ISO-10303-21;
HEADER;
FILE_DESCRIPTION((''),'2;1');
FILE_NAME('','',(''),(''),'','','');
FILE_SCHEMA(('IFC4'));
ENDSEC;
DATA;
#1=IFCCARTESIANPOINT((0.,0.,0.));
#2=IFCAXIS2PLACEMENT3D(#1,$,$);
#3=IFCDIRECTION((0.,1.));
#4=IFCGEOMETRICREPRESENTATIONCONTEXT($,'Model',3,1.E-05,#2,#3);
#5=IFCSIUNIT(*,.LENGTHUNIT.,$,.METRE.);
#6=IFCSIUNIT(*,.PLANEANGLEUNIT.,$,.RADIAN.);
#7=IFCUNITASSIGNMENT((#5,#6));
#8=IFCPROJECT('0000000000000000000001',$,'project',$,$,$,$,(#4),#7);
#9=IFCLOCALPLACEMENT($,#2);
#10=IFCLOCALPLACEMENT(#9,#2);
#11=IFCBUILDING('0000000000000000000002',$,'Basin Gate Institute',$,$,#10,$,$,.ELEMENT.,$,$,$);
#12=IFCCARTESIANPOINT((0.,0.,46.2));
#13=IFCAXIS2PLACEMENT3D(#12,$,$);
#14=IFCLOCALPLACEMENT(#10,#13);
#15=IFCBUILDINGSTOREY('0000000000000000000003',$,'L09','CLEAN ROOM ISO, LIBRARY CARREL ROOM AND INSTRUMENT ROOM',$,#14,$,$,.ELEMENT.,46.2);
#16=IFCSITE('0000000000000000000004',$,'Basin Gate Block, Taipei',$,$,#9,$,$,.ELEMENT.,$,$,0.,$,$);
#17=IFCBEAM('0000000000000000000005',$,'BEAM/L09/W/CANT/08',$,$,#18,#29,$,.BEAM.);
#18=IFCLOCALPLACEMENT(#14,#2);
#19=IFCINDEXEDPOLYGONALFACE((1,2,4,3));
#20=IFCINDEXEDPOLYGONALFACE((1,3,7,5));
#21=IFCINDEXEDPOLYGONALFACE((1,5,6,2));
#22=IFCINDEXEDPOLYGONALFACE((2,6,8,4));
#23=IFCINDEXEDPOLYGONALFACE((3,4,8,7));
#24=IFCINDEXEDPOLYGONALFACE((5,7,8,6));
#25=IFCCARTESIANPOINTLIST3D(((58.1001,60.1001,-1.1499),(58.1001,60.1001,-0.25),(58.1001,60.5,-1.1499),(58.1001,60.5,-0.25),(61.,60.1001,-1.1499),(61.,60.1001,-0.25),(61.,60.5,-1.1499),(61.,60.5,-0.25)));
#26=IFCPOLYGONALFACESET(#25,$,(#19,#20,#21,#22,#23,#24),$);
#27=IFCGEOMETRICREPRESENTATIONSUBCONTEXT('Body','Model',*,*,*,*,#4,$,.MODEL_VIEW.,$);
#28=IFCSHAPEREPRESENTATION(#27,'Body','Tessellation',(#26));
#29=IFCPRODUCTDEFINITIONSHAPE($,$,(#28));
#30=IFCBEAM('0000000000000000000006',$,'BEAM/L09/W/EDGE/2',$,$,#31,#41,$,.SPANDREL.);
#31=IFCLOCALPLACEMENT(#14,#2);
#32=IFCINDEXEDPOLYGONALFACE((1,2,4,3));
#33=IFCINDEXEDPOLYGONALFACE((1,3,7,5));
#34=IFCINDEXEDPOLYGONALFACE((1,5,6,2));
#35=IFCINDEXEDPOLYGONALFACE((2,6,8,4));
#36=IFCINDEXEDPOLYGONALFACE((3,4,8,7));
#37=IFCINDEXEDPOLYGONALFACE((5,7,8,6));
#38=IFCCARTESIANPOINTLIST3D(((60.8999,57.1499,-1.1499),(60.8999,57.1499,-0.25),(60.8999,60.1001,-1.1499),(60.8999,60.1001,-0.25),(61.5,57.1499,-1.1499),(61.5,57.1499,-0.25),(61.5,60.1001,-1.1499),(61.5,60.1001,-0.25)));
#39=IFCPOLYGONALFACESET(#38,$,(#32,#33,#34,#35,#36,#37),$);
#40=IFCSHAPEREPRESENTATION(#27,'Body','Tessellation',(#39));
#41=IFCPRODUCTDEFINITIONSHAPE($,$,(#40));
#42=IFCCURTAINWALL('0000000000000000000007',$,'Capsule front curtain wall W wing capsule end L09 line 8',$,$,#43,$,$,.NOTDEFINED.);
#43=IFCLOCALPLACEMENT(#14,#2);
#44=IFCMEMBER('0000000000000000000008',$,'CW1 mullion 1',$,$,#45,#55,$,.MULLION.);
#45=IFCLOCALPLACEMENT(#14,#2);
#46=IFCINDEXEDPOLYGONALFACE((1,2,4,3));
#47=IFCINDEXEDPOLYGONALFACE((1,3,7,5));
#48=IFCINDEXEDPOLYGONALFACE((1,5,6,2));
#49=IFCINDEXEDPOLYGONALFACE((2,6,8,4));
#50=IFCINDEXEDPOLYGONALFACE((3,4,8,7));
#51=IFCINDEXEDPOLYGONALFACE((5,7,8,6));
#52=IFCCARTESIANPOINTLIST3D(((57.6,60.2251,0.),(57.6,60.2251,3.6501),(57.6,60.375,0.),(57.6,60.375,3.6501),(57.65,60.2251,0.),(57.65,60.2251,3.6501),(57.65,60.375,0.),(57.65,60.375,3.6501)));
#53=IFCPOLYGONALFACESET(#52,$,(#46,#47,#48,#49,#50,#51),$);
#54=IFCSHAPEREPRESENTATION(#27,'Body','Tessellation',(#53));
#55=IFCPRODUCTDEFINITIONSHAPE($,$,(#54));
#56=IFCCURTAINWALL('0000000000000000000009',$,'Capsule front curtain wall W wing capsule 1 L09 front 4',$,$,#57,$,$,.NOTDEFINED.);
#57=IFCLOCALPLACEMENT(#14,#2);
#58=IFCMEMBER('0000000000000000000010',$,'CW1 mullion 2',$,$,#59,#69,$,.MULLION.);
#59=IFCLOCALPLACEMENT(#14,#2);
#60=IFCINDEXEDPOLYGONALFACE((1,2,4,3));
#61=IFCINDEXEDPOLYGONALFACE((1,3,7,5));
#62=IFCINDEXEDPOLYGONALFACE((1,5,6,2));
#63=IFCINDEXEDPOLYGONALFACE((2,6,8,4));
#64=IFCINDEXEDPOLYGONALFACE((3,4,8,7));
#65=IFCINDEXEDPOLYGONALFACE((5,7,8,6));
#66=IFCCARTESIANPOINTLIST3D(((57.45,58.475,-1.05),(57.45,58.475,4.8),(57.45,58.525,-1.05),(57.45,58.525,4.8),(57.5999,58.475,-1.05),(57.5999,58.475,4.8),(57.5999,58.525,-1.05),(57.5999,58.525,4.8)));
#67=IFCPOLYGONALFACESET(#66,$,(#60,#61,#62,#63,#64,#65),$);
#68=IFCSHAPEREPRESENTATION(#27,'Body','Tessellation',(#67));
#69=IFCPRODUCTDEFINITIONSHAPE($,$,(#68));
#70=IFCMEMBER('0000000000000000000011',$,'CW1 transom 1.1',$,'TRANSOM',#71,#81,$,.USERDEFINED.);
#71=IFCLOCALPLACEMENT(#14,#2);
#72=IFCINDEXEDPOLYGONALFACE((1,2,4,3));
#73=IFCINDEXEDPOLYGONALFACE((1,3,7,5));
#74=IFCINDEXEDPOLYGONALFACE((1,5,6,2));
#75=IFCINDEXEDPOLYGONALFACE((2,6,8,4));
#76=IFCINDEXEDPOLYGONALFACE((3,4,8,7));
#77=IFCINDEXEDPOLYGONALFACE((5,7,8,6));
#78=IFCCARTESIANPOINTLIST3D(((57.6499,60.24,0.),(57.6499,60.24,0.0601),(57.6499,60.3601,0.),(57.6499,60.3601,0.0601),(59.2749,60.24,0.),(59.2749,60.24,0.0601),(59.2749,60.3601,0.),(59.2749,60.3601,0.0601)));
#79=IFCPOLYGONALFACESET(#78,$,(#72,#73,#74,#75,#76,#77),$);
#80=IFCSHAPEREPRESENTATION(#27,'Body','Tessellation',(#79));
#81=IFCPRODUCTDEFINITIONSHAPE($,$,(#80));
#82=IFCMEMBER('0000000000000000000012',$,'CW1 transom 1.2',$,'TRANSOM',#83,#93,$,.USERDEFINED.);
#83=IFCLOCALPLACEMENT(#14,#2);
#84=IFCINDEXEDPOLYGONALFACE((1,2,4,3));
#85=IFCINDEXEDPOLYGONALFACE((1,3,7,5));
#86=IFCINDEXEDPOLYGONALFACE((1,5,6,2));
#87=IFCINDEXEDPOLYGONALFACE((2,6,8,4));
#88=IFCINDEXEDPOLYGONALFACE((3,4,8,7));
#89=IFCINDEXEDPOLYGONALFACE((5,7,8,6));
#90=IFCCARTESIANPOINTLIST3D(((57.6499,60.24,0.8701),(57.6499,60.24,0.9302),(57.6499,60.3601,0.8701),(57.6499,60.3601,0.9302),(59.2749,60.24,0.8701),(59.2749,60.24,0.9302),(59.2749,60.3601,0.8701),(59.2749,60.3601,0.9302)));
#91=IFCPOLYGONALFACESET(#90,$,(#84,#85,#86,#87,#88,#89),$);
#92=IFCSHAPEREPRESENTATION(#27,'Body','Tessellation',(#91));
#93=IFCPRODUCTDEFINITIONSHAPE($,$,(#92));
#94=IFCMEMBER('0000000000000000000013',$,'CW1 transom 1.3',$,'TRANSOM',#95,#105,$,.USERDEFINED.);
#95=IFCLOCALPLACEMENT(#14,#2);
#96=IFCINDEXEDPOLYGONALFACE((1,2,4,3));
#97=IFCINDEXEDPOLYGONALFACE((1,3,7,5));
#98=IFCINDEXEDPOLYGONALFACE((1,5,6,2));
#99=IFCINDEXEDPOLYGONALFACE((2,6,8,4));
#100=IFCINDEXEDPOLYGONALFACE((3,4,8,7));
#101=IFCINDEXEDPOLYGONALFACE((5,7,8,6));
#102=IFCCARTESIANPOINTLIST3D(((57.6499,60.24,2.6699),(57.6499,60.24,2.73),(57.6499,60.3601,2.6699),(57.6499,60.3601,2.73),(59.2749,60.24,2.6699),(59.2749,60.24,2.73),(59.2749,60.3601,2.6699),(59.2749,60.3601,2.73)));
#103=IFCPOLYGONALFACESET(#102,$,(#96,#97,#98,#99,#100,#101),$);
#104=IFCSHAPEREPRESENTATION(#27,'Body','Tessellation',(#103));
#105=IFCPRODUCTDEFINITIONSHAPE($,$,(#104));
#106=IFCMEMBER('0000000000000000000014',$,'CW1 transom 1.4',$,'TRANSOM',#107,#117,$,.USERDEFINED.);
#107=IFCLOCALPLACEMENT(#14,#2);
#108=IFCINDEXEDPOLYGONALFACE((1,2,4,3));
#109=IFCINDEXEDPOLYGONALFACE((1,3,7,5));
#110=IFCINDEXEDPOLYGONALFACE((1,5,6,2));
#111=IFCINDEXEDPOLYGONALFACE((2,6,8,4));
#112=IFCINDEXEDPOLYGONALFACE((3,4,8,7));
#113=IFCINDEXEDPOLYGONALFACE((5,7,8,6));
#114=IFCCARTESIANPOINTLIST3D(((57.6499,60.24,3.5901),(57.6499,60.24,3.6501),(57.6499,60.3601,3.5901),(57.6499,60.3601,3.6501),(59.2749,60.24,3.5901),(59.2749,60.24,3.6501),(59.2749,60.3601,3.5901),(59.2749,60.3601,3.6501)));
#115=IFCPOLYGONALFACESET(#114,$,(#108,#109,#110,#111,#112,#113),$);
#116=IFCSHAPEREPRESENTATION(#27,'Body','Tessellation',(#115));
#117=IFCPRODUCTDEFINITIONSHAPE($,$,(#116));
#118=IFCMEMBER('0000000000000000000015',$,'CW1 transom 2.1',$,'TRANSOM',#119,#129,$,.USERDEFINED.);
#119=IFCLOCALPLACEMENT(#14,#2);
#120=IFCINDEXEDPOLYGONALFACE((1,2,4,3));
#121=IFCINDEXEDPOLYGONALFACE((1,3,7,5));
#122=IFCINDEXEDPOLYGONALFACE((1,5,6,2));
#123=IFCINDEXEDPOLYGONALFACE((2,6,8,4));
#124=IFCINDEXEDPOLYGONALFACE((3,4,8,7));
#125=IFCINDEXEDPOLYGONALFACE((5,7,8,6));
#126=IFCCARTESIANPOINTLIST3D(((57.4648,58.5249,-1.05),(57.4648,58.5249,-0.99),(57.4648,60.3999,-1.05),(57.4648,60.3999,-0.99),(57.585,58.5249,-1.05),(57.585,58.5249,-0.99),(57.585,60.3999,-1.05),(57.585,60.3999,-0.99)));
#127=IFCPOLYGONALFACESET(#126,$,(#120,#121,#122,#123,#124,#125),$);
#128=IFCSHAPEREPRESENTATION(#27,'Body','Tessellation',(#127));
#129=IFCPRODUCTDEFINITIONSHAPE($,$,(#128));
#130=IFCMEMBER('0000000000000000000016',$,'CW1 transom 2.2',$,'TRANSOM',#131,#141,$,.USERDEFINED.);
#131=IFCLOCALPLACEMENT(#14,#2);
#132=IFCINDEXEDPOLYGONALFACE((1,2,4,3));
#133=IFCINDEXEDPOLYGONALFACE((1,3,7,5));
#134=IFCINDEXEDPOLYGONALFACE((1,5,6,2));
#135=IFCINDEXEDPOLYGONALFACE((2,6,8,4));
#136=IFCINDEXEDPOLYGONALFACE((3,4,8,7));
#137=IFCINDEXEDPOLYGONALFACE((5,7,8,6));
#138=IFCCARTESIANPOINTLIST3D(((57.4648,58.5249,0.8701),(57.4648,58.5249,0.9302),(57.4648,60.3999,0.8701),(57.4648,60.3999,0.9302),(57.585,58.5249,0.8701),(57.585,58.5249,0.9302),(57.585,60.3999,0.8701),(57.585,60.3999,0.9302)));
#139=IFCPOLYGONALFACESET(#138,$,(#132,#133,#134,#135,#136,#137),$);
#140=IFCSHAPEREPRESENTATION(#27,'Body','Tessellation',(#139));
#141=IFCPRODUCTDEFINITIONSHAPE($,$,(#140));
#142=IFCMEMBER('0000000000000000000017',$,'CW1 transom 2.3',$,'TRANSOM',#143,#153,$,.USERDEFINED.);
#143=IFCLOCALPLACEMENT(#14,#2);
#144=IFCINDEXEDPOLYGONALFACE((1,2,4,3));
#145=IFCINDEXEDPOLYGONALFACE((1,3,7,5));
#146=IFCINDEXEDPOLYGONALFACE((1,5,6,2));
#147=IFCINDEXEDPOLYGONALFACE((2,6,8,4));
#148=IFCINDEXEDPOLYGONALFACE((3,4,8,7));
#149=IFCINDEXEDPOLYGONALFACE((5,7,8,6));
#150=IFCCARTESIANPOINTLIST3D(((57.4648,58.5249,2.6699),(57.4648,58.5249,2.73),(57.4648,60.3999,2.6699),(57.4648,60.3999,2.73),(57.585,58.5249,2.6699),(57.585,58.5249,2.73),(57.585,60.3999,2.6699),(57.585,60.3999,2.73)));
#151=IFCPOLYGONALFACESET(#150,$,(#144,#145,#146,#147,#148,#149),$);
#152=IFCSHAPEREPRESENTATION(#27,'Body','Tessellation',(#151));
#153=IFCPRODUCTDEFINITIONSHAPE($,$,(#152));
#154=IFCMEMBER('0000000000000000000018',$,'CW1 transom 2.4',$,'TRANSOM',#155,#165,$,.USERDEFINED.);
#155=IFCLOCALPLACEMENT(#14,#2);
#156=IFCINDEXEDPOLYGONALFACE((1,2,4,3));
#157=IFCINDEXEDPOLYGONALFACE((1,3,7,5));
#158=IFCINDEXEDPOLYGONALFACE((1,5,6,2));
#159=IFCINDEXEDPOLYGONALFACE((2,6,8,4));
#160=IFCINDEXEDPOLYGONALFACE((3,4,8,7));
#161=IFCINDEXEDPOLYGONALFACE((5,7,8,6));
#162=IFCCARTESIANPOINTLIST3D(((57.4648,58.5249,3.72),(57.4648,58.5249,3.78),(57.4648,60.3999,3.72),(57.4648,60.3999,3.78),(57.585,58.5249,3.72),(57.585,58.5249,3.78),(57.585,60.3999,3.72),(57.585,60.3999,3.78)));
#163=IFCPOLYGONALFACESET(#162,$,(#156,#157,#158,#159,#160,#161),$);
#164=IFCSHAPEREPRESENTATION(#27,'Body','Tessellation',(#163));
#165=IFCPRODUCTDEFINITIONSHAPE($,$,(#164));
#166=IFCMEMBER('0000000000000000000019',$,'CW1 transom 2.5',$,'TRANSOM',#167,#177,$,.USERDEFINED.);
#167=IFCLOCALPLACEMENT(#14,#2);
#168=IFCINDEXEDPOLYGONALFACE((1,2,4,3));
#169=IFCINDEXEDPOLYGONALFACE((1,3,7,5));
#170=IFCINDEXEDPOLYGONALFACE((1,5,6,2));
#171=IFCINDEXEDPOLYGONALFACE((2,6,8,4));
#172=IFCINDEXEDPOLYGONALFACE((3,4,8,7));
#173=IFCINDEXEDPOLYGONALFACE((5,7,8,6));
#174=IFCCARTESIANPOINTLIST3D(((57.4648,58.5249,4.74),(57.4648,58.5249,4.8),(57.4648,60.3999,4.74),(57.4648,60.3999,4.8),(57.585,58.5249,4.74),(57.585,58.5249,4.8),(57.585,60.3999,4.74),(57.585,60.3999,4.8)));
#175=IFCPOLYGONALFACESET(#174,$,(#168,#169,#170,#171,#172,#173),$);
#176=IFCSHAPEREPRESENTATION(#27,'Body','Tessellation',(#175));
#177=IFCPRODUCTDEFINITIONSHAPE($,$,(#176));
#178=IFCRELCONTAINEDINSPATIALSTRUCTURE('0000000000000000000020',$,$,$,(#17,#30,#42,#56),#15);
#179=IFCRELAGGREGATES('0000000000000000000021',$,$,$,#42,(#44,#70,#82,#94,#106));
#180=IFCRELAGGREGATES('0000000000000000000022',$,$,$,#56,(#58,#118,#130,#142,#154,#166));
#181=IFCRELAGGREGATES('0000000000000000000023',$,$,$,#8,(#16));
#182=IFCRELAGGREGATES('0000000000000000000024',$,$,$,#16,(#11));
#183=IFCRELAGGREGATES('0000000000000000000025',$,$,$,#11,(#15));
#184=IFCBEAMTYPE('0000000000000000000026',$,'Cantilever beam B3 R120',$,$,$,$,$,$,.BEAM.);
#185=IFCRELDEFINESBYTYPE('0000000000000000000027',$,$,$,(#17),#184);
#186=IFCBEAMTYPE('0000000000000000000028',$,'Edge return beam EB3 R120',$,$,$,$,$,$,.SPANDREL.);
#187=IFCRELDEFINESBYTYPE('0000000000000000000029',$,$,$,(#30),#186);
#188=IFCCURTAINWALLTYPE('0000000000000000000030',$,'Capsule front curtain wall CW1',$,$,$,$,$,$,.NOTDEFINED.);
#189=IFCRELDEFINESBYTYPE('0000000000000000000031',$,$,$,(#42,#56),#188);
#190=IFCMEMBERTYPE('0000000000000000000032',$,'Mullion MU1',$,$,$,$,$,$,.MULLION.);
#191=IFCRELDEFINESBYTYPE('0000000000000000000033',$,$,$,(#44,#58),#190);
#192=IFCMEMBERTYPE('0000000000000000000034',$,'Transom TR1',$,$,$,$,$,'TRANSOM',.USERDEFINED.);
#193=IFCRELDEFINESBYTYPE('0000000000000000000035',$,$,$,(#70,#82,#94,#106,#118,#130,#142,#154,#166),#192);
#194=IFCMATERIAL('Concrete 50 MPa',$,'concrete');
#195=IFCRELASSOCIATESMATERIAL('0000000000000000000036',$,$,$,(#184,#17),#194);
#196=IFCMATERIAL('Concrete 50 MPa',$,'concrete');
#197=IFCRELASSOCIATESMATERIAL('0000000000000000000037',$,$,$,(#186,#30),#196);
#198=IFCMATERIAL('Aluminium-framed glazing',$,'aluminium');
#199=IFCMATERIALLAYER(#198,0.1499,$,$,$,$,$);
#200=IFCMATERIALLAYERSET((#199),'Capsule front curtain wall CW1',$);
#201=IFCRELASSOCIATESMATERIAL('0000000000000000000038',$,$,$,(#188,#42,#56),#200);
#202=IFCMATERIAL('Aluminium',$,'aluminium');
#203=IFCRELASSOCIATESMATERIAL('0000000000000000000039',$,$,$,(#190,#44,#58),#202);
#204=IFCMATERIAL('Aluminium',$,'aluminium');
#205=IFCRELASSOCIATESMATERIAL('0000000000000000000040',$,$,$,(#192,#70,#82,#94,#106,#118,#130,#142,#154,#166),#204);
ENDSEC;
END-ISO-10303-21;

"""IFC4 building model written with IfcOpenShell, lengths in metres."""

from ifc_helpers import new_model, si_unit, direction, frame, origin, origin_2d, place, context, subcontext, project, spatial, rectangle, extrude, material, layer, layer_set, material_profile, profile_set, type_object, element, aggregate, save


model = new_model("IFC4")

# Units and contexts
model_context = context("Model", 3, precision=1e-05, world=origin(), true_north=direction((0.0, 1.0)))
body_context = subcontext(model_context, "Body", "Model", "MODEL_VIEW")
ifc_project = project(units=[si_unit("LENGTHUNIT", "METRE"), si_unit("PLANEANGLEUNIT", "RADIAN")], contexts=[model_context])

# Site, building, storey
site_placement = place(None, origin())
site = spatial("IfcSite", under=ifc_project, at=site_placement, Name="Basin Gate Block, Taipei", CompositionType="ELEMENT", RefElevation=0.0)
building_placement = place(site_placement, origin())
building = spatial("IfcBuilding", under=site, at=building_placement, Name="Basin Gate Institute", CompositionType="ELEMENT")
storey_placement = place(building_placement, frame((0.0, 0.0, 46.2)))
storey = spatial("IfcBuildingStorey", under=building, at=storey_placement, Name="L09", Description="CLEAN ROOM ISO, LIBRARY CARREL ROOM AND INSTRUMENT ROOM", CompositionType="ELEMENT", Elevation=46.2)

# Beams
ifc_material_1 = material(Name="Concrete 50 MPa", Category="concrete")
ifc_material_profile_1 = material_profile(ifc_material_1, rectangle(XDim=0.3999, YDim=0.8999, at=origin_2d()), Name="Cantilever beam B3 400 x 900")
ifc_profile_set_1 = profile_set([ifc_material_profile_1], Name="Concrete 50 MPa")
beam_type_1 = type_object("IfcBeamType", Name="Cantilever beam B3 R120", PredefinedType="BEAM", material=ifc_profile_set_1)
beam_1_placement = place(storey_placement, frame((58.1001, 60.3, -0.7), z_axis=(1.0, 0.0, 0.0), x_axis=(0.0, 1.0, 0.0)))
element("IfcBeam", 1, at=beam_1_placement, inside=storey, type_object=beam_type_1, material=ifc_profile_set_1, Name="BEAM/L09/W/CANT/08", PredefinedType="BEAM", context=body_context, shape_type="SweptSolid", body=[
    extrude(rectangle(XDim=0.3999, YDim=0.8999, at=origin_2d()), origin(), (0.0, 0.0, 1.0), 2.8999),
])
ifc_material_2 = material(Name="Concrete 50 MPa", Category="concrete")
ifc_material_profile_2 = material_profile(ifc_material_2, rectangle(XDim=0.6001, YDim=0.8999, at=origin_2d()), Name="Edge return beam EB3 600 x 900")
ifc_profile_set_2 = profile_set([ifc_material_profile_2], Name="Concrete 50 MPa")
beam_type_2 = type_object("IfcBeamType", Name="Edge return beam EB3 R120", PredefinedType="SPANDREL", material=ifc_profile_set_2)
beam_2_placement = place(storey_placement, frame((61.2, 57.1499, -0.7), z_axis=(0.0, 1.0, 0.0), x_axis=(-1.0, 0.0, 0.0)))
element("IfcBeam", 2, at=beam_2_placement, inside=storey, type_object=beam_type_2, material=ifc_profile_set_2, Name="BEAM/L09/W/EDGE/2", PredefinedType="SPANDREL", context=body_context, shape_type="SweptSolid", body=[
    extrude(rectangle(XDim=0.6001, YDim=0.8999, at=origin_2d()), origin(), (0.0, 0.0, 1.0), 2.9502),
])

# Curtain walls, members
ifc_material_3 = material(Name="Aluminium-framed glazing", Category="aluminium")
ifc_layer_1 = layer(ifc_material_3, 0.1499)
ifc_layer_set_1 = layer_set([ifc_layer_1], Name="Capsule front curtain wall CW1")
curtain_wall_type = type_object("IfcCurtainWallType", Name="Capsule front curtain wall CW1", PredefinedType="NOTDEFINED", material=ifc_layer_set_1)
curtain_wall_1_placement = place(storey_placement, origin())
curtain_wall_1 = element("IfcCurtainWall", 3, at=curtain_wall_1_placement, inside=storey, type_object=curtain_wall_type, material=ifc_layer_set_1, Name="Capsule front curtain wall W wing capsule end L09 line 8", PredefinedType="NOTDEFINED")
ifc_material_4 = material(Name="Aluminium", Category="aluminium")
ifc_material_profile_3 = material_profile(ifc_material_4, rectangle(XDim=0.1499, YDim=0.05, at=origin_2d()), Name="Mullion MU1 150 x 50")
ifc_profile_set_3 = profile_set([ifc_material_profile_3], Name="Aluminium")
member_type_1 = type_object("IfcMemberType", Name="Mullion MU1", PredefinedType="MULLION", material=ifc_profile_set_3)
member_1_placement = place(storey_placement, frame((57.625, 60.3, 0.0), z_axis=(0.0, 0.0, 1.0), x_axis=(0.0, 1.0, 0.0)))
member_1 = element("IfcMember", 4, at=member_1_placement, type_object=member_type_1, material=ifc_profile_set_3, Name="CW1 mullion 1", PredefinedType="MULLION", context=body_context, shape_type="SweptSolid", body=[
    extrude(rectangle(XDim=0.1499, YDim=0.05, at=origin_2d()), origin(), (0.0, 0.0, 1.0), 3.6501),
])
curtain_wall_2_placement = place(storey_placement, origin())
curtain_wall_2 = element("IfcCurtainWall", 5, at=curtain_wall_2_placement, inside=storey, type_object=curtain_wall_type, material=ifc_layer_set_1, Name="Capsule front curtain wall W wing capsule 1 L09 front 4", PredefinedType="NOTDEFINED")
member_2_placement = place(storey_placement, frame((57.5249, 58.5, -1.05), z_axis=(0.0, 0.0, 1.0), x_axis=(-1.0, 0.0, 0.0)))
member_2 = element("IfcMember", 6, at=member_2_placement, type_object=member_type_1, material=ifc_profile_set_3, Name="CW1 mullion 2", PredefinedType="MULLION", context=body_context, shape_type="SweptSolid", body=[
    extrude(rectangle(XDim=0.1499, YDim=0.05, at=origin_2d()), origin(), (0.0, 0.0, 1.0), 5.8501),
])

# Members
ifc_material_5 = material(Name="Aluminium", Category="aluminium")
ifc_material_profile_4 = material_profile(ifc_material_5, rectangle(XDim=0.1201, YDim=0.0601, at=origin_2d()), Name="Transom TR1 120 x 60")
ifc_profile_set_4 = profile_set([ifc_material_profile_4], Name="Aluminium")
member_type_2 = type_object("IfcMemberType", Name="Transom TR1", ElementType="TRANSOM", PredefinedType="USERDEFINED", material=ifc_profile_set_4)
member_3_placement = place(storey_placement, frame((57.6499, 60.3, 0.03), z_axis=(1.0, 0.0, 0.0), x_axis=(0.0, 1.0, 0.0)))
member_3 = element("IfcMember", 7, at=member_3_placement, type_object=member_type_2, material=ifc_profile_set_4, Name="CW1 transom 1.1", ObjectType="TRANSOM", PredefinedType="USERDEFINED", context=body_context, shape_type="SweptSolid", body=[
    extrude(rectangle(XDim=0.1201, YDim=0.0601, at=origin_2d()), origin(), (0.0, 0.0, 1.0), 1.625),
])
member_4_placement = place(storey_placement, frame((57.6499, 60.3, 0.9001), z_axis=(1.0, 0.0, 0.0), x_axis=(0.0, 1.0, 0.0)))
member_4 = element("IfcMember", 8, at=member_4_placement, type_object=member_type_2, material=ifc_profile_set_4, Name="CW1 transom 1.2", ObjectType="TRANSOM", PredefinedType="USERDEFINED", context=body_context, shape_type="SweptSolid", body=[
    extrude(rectangle(XDim=0.1201, YDim=0.0601, at=origin_2d()), origin(), (0.0, 0.0, 1.0), 1.625),
])
member_5_placement = place(storey_placement, frame((57.6499, 60.3, 2.7), z_axis=(1.0, 0.0, 0.0), x_axis=(0.0, 1.0, 0.0)))
member_5 = element("IfcMember", 9, at=member_5_placement, type_object=member_type_2, material=ifc_profile_set_4, Name="CW1 transom 1.3", ObjectType="TRANSOM", PredefinedType="USERDEFINED", context=body_context, shape_type="SweptSolid", body=[
    extrude(rectangle(XDim=0.1201, YDim=0.0601, at=origin_2d()), origin(), (0.0, 0.0, 1.0), 1.625),
])
member_6_placement = place(storey_placement, frame((57.6499, 60.3, 3.6201), z_axis=(1.0, 0.0, 0.0), x_axis=(0.0, 1.0, 0.0)))
member_6 = element("IfcMember", 10, at=member_6_placement, type_object=member_type_2, material=ifc_profile_set_4, Name="CW1 transom 1.4", ObjectType="TRANSOM", PredefinedType="USERDEFINED", context=body_context, shape_type="SweptSolid", body=[
    extrude(rectangle(XDim=0.1201, YDim=0.0601, at=origin_2d()), origin(), (0.0, 0.0, 1.0), 1.625),
])
aggregate(curtain_wall_1, [member_1, member_3, member_4, member_5, member_6])
member_7_placement = place(storey_placement, frame((57.5249, 58.5249, -1.02), z_axis=(0.0, 1.0, 0.0), x_axis=(-1.0, 0.0, 0.0)))
member_7 = element("IfcMember", 11, at=member_7_placement, type_object=member_type_2, material=ifc_profile_set_4, Name="CW1 transom 2.1", ObjectType="TRANSOM", PredefinedType="USERDEFINED", context=body_context, shape_type="SweptSolid", body=[
    extrude(rectangle(XDim=0.1201, YDim=0.0601, at=origin_2d()), origin(), (0.0, 0.0, 1.0), 1.875),
])
member_8_placement = place(storey_placement, frame((57.5249, 58.5249, 0.9001), z_axis=(0.0, 1.0, 0.0), x_axis=(-1.0, 0.0, 0.0)))
member_8 = element("IfcMember", 12, at=member_8_placement, type_object=member_type_2, material=ifc_profile_set_4, Name="CW1 transom 2.2", ObjectType="TRANSOM", PredefinedType="USERDEFINED", context=body_context, shape_type="SweptSolid", body=[
    extrude(rectangle(XDim=0.1201, YDim=0.0601, at=origin_2d()), origin(), (0.0, 0.0, 1.0), 1.875),
])
member_9_placement = place(storey_placement, frame((57.5249, 58.5249, 2.7), z_axis=(0.0, 1.0, 0.0), x_axis=(-1.0, 0.0, 0.0)))
member_9 = element("IfcMember", 13, at=member_9_placement, type_object=member_type_2, material=ifc_profile_set_4, Name="CW1 transom 2.3", ObjectType="TRANSOM", PredefinedType="USERDEFINED", context=body_context, shape_type="SweptSolid", body=[
    extrude(rectangle(XDim=0.1201, YDim=0.0601, at=origin_2d()), origin(), (0.0, 0.0, 1.0), 1.875),
])
member_10_placement = place(storey_placement, frame((57.5249, 58.5249, 3.75), z_axis=(0.0, 1.0, 0.0), x_axis=(-1.0, 0.0, 0.0)))
member_10 = element("IfcMember", 14, at=member_10_placement, type_object=member_type_2, material=ifc_profile_set_4, Name="CW1 transom 2.4", ObjectType="TRANSOM", PredefinedType="USERDEFINED", context=body_context, shape_type="SweptSolid", body=[
    extrude(rectangle(XDim=0.1201, YDim=0.0601, at=origin_2d()), origin(), (0.0, 0.0, 1.0), 1.875),
])
member_11_placement = place(storey_placement, frame((57.5249, 58.5249, 4.77), z_axis=(0.0, 1.0, 0.0), x_axis=(-1.0, 0.0, 0.0)))
member_11 = element("IfcMember", 15, at=member_11_placement, type_object=member_type_2, material=ifc_profile_set_4, Name="CW1 transom 2.5", ObjectType="TRANSOM", PredefinedType="USERDEFINED", context=body_context, shape_type="SweptSolid", body=[
    extrude(rectangle(XDim=0.1201, YDim=0.0601, at=origin_2d()), origin(), (0.0, 0.0, 1.0), 1.875),
])

aggregate(curtain_wall_2, [member_2, member_7, member_8, member_9, member_10, member_11])

save(model, "model.ifc")
